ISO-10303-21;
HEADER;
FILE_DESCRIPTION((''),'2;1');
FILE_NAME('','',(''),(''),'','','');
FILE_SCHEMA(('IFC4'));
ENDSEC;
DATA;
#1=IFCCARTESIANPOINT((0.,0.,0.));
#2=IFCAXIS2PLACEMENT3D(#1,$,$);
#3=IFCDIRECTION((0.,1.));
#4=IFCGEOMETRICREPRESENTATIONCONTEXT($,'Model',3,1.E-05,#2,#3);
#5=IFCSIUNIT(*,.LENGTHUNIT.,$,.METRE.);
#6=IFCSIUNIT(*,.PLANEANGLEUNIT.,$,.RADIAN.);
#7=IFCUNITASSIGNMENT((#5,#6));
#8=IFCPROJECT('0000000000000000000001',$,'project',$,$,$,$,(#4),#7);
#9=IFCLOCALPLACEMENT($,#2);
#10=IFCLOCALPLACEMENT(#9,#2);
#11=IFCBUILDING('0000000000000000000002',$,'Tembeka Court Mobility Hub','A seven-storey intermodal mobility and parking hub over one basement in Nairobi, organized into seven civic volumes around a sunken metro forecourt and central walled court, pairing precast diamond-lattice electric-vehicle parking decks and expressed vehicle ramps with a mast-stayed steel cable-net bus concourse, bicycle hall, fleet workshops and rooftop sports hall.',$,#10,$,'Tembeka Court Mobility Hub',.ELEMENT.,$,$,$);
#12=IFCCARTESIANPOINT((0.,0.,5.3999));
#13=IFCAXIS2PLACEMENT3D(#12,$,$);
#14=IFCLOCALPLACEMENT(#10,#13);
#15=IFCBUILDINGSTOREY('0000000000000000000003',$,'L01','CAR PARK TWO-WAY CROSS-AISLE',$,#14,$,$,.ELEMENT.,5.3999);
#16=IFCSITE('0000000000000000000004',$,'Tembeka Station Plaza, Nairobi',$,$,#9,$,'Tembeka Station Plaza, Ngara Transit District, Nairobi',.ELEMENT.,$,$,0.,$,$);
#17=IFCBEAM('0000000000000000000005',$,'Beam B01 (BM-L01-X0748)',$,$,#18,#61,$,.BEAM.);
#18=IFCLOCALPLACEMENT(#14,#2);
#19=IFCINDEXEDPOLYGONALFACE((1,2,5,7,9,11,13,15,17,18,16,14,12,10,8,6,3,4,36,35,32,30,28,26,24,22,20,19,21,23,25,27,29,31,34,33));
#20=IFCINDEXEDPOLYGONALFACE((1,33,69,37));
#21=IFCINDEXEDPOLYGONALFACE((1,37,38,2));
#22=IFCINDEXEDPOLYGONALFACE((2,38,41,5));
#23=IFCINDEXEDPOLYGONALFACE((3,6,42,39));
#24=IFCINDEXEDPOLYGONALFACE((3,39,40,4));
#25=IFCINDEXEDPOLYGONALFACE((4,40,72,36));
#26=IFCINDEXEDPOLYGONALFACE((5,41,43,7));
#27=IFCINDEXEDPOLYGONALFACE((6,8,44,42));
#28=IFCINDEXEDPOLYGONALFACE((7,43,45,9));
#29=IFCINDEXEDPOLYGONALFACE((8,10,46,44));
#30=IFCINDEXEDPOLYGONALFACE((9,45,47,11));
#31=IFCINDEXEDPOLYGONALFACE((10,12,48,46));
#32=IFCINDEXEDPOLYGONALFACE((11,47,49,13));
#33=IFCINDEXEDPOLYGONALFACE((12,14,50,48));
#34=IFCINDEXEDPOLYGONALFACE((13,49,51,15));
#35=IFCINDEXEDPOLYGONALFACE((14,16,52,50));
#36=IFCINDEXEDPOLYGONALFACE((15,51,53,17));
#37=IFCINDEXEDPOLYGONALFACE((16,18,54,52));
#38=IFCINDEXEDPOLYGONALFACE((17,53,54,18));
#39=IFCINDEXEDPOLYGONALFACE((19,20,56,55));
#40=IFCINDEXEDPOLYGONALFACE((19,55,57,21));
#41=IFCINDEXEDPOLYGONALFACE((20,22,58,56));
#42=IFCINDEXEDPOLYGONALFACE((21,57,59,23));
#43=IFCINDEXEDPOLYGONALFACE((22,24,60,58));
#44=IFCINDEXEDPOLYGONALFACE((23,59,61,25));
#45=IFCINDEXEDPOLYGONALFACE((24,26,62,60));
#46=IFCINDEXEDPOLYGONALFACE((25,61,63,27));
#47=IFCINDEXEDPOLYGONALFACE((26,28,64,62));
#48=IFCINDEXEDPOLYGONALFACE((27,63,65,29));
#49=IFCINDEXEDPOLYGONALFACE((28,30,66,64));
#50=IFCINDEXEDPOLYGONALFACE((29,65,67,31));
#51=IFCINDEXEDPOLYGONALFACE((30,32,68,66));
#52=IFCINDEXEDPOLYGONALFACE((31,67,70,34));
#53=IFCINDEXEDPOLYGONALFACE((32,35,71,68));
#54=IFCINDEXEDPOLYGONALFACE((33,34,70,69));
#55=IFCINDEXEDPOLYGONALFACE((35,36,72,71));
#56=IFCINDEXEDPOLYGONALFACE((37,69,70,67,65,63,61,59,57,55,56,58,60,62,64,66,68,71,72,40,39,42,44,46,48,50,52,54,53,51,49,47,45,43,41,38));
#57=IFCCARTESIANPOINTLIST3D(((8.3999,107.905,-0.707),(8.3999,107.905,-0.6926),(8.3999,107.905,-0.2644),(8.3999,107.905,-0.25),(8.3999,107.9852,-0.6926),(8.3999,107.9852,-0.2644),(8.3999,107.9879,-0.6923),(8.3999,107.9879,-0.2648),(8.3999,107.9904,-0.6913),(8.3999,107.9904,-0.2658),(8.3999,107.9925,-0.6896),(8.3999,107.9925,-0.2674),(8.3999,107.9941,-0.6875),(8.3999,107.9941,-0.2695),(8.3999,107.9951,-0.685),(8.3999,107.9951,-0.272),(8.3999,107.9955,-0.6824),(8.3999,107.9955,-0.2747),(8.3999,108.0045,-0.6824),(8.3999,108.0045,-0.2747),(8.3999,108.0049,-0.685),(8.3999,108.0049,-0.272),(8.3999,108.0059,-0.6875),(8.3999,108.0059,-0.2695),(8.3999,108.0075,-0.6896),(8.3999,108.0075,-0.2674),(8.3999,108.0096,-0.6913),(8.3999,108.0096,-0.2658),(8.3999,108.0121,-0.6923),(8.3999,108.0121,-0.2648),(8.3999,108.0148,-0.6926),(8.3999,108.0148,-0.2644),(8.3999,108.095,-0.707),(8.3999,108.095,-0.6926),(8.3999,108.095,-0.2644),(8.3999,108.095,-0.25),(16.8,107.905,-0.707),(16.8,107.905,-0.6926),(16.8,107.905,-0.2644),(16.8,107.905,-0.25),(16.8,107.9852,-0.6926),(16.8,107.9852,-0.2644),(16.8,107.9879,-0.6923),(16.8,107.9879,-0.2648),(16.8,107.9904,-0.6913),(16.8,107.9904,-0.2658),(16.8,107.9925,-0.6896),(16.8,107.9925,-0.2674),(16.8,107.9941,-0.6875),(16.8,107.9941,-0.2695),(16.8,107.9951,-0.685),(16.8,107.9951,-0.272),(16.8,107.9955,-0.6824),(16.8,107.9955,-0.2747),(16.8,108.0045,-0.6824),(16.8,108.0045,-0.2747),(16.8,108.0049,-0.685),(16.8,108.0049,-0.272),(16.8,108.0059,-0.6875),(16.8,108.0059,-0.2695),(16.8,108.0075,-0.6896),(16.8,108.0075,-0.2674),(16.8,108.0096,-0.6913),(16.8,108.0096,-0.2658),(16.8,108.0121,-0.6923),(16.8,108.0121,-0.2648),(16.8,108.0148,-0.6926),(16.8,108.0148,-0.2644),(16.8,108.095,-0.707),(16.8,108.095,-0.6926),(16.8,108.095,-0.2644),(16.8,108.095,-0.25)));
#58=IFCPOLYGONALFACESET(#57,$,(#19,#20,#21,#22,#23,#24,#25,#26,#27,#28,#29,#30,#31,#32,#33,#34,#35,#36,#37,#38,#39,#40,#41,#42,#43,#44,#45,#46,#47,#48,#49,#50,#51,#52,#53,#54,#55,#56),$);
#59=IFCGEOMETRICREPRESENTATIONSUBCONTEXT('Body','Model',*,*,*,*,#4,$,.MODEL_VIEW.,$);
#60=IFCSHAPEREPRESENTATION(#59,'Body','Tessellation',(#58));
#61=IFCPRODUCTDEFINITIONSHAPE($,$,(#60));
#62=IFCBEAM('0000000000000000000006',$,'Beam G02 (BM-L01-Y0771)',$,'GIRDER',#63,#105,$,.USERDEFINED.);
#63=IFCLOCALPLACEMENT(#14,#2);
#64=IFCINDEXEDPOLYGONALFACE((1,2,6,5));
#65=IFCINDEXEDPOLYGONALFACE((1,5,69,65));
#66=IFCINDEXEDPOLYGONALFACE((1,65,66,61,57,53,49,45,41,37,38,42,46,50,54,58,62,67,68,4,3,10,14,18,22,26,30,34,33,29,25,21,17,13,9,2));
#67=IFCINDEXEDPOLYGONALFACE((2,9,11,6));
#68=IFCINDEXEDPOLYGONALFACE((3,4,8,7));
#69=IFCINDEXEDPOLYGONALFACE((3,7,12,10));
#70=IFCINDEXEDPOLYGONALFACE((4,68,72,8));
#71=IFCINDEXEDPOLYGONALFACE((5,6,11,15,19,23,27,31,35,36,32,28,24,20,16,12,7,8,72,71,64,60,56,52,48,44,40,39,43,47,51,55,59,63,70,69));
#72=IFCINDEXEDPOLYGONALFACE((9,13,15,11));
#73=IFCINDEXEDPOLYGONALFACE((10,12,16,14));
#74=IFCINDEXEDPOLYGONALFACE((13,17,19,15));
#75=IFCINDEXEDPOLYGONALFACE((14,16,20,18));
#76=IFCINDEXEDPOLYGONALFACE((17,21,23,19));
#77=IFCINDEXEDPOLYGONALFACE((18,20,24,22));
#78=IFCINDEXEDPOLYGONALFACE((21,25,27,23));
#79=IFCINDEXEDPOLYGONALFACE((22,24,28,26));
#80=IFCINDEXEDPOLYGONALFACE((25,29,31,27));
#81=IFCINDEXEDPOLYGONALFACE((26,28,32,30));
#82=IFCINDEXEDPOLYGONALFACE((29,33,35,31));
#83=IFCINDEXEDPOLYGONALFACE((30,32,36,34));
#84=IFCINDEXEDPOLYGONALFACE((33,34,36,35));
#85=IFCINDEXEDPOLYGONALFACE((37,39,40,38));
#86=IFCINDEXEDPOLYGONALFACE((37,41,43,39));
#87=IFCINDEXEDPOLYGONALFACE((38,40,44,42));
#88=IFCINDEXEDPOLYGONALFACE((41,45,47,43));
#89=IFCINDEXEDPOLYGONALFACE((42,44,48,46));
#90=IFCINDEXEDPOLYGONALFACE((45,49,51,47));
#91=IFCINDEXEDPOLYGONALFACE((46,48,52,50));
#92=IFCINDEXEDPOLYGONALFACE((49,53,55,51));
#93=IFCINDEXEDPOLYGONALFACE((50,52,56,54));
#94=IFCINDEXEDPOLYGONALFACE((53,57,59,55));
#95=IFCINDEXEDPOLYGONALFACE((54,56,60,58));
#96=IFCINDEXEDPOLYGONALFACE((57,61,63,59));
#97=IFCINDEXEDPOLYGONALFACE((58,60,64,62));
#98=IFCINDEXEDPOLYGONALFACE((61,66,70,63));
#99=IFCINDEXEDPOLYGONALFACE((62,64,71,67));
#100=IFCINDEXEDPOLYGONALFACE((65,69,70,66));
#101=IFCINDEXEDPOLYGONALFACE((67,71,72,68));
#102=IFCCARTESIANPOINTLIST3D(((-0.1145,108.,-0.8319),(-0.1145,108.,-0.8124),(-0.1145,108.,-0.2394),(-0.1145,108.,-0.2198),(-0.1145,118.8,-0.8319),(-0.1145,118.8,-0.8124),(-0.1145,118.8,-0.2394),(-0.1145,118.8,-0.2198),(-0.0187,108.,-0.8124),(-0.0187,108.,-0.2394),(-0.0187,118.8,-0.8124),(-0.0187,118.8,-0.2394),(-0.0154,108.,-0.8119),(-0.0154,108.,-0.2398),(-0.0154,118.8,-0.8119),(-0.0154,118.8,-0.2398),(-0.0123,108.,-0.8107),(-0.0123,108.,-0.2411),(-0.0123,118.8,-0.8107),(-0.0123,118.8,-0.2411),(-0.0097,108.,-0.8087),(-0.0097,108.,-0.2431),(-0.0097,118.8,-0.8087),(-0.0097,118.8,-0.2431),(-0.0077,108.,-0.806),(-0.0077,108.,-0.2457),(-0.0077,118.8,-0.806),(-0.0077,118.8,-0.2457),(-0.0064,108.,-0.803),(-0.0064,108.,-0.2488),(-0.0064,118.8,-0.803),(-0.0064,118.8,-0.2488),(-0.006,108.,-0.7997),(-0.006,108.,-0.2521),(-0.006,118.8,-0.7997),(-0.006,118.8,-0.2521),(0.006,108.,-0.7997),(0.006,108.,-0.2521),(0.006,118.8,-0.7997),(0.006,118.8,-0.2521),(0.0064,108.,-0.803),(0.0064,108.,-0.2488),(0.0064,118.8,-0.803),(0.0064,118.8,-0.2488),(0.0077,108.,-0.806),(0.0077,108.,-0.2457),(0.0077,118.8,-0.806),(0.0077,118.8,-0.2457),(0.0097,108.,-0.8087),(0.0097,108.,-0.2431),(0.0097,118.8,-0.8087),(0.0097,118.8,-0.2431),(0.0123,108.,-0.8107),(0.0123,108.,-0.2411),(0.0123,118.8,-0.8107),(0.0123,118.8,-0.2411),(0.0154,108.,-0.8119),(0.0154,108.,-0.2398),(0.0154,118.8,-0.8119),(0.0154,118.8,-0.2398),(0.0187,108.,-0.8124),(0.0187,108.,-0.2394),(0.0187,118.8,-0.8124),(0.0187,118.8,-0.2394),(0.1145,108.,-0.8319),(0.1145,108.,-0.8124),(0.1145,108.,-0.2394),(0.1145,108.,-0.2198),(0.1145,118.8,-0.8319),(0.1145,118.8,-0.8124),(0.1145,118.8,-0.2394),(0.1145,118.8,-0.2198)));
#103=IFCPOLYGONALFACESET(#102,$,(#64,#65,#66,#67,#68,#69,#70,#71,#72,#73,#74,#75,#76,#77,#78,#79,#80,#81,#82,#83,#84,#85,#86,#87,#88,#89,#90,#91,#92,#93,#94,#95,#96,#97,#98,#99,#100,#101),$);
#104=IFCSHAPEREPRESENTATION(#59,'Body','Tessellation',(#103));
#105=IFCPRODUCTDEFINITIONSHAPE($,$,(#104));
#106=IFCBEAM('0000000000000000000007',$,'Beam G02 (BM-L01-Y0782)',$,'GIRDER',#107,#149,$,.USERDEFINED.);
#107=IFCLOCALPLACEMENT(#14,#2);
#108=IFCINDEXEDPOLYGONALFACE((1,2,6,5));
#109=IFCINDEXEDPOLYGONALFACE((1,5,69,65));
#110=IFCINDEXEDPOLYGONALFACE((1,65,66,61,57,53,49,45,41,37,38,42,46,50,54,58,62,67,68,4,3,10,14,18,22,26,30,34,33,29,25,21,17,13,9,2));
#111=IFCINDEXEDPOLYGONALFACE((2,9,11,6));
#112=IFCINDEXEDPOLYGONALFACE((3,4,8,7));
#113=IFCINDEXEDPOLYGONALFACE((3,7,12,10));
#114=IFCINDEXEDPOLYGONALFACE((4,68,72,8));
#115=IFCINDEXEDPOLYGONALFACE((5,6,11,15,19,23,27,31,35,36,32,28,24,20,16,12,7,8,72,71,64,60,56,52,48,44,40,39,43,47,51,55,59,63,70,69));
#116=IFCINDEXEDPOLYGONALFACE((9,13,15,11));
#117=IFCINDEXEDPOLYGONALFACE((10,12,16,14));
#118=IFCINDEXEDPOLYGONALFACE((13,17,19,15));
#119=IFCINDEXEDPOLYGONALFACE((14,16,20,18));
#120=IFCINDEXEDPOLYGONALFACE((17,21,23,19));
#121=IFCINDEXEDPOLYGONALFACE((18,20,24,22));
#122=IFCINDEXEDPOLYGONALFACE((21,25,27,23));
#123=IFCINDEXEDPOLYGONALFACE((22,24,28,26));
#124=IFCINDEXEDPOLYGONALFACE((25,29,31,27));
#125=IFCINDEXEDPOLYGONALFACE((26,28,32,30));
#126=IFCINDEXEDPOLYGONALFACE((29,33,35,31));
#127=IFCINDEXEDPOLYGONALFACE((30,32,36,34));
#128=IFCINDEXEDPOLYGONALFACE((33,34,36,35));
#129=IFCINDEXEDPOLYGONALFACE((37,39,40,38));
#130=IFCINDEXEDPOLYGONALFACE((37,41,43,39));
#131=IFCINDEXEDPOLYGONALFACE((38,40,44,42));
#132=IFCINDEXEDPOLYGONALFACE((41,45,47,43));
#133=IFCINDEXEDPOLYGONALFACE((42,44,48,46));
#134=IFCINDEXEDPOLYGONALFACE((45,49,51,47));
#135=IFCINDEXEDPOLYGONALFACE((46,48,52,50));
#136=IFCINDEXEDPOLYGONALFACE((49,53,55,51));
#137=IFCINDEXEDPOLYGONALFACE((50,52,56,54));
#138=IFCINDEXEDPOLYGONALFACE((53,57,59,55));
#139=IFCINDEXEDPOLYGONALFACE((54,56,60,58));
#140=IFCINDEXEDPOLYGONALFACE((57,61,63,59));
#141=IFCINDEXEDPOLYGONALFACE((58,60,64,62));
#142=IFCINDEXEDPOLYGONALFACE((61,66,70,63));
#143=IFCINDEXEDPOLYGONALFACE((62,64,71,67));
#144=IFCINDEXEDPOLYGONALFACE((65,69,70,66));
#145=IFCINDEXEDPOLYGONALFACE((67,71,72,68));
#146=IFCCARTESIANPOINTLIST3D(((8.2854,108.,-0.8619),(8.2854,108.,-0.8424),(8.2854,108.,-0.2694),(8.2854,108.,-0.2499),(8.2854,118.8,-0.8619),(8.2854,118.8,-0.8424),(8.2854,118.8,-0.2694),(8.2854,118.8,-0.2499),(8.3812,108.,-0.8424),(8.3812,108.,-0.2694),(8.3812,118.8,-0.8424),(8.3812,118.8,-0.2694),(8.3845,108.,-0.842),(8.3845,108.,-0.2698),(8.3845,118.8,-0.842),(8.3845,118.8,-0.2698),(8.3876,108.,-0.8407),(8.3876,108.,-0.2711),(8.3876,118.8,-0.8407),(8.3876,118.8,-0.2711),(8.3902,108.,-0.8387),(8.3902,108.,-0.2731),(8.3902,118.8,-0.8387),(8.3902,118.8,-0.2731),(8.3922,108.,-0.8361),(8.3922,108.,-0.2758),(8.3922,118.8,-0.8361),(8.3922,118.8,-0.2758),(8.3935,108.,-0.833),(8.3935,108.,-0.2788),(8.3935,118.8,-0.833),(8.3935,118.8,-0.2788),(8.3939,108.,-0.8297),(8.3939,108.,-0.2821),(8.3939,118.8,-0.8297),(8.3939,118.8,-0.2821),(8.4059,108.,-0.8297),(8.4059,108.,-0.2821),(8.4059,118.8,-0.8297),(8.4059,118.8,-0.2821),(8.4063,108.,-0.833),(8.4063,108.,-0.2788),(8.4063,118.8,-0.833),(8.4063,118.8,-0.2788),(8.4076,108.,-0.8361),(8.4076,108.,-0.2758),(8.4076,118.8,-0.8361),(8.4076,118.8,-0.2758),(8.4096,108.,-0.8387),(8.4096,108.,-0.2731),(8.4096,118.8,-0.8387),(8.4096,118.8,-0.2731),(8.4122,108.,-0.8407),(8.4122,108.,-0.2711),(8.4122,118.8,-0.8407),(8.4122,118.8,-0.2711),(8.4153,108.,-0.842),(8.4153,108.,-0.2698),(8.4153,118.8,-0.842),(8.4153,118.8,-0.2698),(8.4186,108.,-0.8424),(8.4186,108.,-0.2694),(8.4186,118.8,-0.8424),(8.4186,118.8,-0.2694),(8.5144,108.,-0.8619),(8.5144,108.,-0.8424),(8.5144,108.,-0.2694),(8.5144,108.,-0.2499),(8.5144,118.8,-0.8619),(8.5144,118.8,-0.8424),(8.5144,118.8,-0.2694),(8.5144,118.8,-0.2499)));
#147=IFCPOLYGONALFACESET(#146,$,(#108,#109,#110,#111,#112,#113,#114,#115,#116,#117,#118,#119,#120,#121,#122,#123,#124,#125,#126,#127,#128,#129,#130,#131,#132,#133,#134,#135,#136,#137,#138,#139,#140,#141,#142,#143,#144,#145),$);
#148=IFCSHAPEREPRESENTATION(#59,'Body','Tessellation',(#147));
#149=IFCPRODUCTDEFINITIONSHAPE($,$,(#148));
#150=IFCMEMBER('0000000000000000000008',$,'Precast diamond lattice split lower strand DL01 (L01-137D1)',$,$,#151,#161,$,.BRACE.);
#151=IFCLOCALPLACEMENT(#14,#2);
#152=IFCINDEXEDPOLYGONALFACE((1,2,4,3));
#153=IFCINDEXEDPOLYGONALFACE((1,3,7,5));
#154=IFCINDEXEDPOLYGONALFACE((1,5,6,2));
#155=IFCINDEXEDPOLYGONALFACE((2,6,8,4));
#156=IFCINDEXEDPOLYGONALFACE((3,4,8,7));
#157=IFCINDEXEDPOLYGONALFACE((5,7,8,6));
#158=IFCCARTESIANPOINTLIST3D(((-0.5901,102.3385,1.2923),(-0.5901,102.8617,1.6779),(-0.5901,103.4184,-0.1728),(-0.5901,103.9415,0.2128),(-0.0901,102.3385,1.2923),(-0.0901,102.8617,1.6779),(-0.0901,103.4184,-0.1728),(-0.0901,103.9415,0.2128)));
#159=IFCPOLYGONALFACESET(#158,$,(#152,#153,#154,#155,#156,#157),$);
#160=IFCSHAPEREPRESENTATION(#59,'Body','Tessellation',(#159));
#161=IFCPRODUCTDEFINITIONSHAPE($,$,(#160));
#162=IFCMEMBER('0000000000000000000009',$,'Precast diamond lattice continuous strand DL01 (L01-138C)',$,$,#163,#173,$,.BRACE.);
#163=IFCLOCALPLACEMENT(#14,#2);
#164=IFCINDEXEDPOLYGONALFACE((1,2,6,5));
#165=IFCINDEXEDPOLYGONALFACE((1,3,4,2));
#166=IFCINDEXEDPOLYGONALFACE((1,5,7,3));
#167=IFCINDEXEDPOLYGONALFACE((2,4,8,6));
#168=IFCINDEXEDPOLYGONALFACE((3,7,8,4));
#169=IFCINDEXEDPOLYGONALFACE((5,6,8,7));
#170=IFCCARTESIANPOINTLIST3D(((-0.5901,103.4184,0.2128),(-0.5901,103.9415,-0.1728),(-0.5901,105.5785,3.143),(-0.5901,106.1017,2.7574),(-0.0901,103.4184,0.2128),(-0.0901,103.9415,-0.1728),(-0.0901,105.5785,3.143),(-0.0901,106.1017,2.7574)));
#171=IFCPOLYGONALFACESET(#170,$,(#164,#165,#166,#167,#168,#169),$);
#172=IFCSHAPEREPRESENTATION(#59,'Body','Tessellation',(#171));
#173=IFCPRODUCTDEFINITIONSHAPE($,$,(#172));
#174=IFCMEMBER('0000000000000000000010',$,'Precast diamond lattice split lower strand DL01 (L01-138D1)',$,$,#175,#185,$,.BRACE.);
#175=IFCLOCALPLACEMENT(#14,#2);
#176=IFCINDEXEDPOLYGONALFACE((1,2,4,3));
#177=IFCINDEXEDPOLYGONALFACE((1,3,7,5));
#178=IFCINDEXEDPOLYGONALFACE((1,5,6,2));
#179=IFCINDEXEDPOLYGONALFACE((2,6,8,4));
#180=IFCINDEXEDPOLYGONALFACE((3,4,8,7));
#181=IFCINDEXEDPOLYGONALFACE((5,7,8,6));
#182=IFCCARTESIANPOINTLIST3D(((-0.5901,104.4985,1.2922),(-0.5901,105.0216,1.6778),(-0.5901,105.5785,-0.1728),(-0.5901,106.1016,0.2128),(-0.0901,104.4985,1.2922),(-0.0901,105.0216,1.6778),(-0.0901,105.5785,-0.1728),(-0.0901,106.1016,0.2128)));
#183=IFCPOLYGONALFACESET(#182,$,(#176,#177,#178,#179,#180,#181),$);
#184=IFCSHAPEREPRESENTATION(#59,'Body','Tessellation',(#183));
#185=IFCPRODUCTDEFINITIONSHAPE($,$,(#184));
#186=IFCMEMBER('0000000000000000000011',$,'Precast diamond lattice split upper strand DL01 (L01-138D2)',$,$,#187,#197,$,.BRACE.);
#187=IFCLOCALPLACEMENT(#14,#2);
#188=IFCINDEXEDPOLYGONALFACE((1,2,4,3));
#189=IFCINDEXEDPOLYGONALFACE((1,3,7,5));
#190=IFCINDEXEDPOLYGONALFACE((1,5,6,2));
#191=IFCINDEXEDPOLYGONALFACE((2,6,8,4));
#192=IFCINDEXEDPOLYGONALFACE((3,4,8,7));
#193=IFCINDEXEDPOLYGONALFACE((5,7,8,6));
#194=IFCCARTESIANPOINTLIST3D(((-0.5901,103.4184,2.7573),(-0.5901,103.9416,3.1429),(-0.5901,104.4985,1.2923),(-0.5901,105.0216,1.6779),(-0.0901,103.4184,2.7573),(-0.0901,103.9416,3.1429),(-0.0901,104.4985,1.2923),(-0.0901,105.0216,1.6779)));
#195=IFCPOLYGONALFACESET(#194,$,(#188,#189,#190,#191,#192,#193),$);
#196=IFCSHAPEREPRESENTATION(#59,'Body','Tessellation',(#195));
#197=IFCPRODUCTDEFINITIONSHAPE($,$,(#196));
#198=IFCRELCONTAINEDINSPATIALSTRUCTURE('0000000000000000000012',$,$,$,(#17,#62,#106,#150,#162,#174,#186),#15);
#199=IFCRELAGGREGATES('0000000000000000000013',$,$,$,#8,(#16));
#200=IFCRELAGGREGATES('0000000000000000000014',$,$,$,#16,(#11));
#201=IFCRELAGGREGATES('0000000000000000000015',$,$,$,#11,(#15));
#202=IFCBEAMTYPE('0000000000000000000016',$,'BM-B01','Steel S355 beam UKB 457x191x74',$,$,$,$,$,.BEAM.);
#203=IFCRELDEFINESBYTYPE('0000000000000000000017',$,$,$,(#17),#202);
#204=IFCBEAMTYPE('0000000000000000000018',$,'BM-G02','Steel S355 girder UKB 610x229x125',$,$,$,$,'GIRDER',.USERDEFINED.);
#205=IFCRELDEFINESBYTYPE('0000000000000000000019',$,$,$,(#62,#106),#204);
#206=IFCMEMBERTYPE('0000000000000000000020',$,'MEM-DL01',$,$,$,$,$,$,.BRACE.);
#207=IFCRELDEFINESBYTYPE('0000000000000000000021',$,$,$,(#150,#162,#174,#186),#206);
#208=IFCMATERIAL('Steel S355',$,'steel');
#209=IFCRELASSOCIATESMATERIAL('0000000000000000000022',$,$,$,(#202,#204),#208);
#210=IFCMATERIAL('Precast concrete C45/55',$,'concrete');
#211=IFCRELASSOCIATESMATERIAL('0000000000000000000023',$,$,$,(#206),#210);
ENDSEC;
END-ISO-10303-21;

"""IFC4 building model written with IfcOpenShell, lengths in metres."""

from ifc_helpers import new_model, si_unit, direction, frame, origin, origin_2d, place, context, subcontext, project, spatial, rectangle, i_section, extrude, material, material_profile, profile_set, type_object, element, save


model = new_model("IFC4")

# Units and contexts
model_context = context("Model", 3, precision=1e-05, world=origin(), true_north=direction((0.0, 1.0)))
body_context = subcontext(model_context, "Body", "Model", "MODEL_VIEW")
ifc_project = project(units=[si_unit("LENGTHUNIT", "METRE"), si_unit("PLANEANGLEUNIT", "RADIAN")], contexts=[model_context])

# Site, building, storey
site_placement = place(None, origin())
site = spatial("IfcSite", under=ifc_project, at=site_placement, Name="Tembeka Station Plaza, Nairobi", LongName="Tembeka Station Plaza, Ngara Transit District, Nairobi", CompositionType="ELEMENT", RefElevation=0.0)
building_placement = place(site_placement, origin())
building = spatial("IfcBuilding", under=site, at=building_placement, Name="Tembeka Court Mobility Hub", Description="A seven-storey intermodal mobility and parking hub over one basement in Nairobi, organized into seven civic volumes around a sunken metro forecourt and central walled court, pairing precast diamond-lattice electric-vehicle parking decks and expressed vehicle ramps with a mast-stayed steel cable-net bus concourse, bicycle hall, fleet workshops and rooftop sports hall.", LongName="Tembeka Court Mobility Hub", CompositionType="ELEMENT")
storey_placement = place(building_placement, frame((0.0, 0.0, 5.3999)))
storey = spatial("IfcBuildingStorey", under=building, at=storey_placement, Name="L01", Description="CAR PARK TWO-WAY CROSS-AISLE", CompositionType="ELEMENT", Elevation=5.3999)

# Shared definitions
ifc_material_1 = material(Name="Steel S355", Category="steel")

# Beams
ifc_material_profile_1 = material_profile(ifc_material_1, i_section(OverallWidth=0.1899, OverallDepth=0.457, WebThickness=0.009, FlangeThickness=0.0144, FilletRadius=0.0103, at=origin_2d()), Name="UKB 457x191x74")
ifc_profile_set_1 = profile_set([ifc_material_profile_1], Name="Steel S355")
beam_type_1 = type_object("IfcBeamType", Name="BM-B01", Description="Steel S355 beam UKB 457x191x74", PredefinedType="BEAM", material=ifc_profile_set_1)
beam_1_placement = place(storey_placement, frame((8.3999, 108.0, -0.4785), z_axis=(1.0, 0.0, 0.0), x_axis=(0.0, 1.0, 0.0)))
element("IfcBeam", 1, at=beam_1_placement, inside=storey, type_object=beam_type_1, Name="Beam B01 (BM-L01-X0748)", PredefinedType="BEAM", context=body_context, shape_type="SweptSolid", body=[
    extrude(i_section(OverallWidth=0.1899, OverallDepth=0.457, WebThickness=0.009, FlangeThickness=0.0144, FilletRadius=0.0103, at=origin_2d()), origin(), (0.0, 0.0, 1.0), 8.4001),
])
ifc_material_profile_2 = material_profile(ifc_material_1, i_section(OverallWidth=0.229, OverallDepth=0.6121, WebThickness=0.012, FlangeThickness=0.0195, FilletRadius=0.0127, at=origin_2d()), Name="UKB 610x229x125")
ifc_profile_set_2 = profile_set([ifc_material_profile_2], Name="Steel S355")
beam_type_2 = type_object("IfcBeamType", Name="BM-G02", Description="Steel S355 girder UKB 610x229x125", ElementType="GIRDER", PredefinedType="USERDEFINED", material=ifc_profile_set_2)
for number, where, z_axis, x_axis, name in (
    (2, (0.0, 108.0, -0.5259), (0.0, 1.0, 0.0), (-1.0, 0.0, 0.0), "Beam G02 (BM-L01-Y0771)"),
    (3, (8.3999, 108.0, -0.5559), (0.0, 1.0, 0.0), (-1.0, 0.0, 0.0), "Beam G02 (BM-L01-Y0782)"),
):
    element("IfcBeam", number, at=place(storey_placement, frame(where, z_axis=z_axis, x_axis=x_axis)), inside=storey, type_object=beam_type_2, Name=name, ObjectType="GIRDER", PredefinedType="USERDEFINED", context=body_context, shape_type="SweptSolid", body=[
        extrude(i_section(OverallWidth=0.229, OverallDepth=0.6121, WebThickness=0.012, FlangeThickness=0.0195, FilletRadius=0.0127, at=origin_2d()), origin(), (0.0, 0.0, 1.0), 10.8),
    ])

# Members
ifc_material_2 = material(Name="Precast concrete C45/55", Category="concrete")
ifc_material_profile_3 = material_profile(ifc_material_2, rectangle(XDim=0.5, YDim=0.6499, at=origin_2d()), Name="PC-DIAG 500x650")
ifc_profile_set_3 = profile_set([ifc_material_profile_3], Name="Precast concrete C45/55")
member_type_1 = type_object("IfcMemberType", Name="MEM-DL01", PredefinedType="BRACE", material=ifc_profile_set_3)
member_1_placement = place(storey_placement, frame((-0.3401, 103.6799, 0.02), z_axis=(0.0, -0.593304, 0.804978), x_axis=(1.0, 0.0, 0.0)))
element("IfcMember", 4, at=member_1_placement, inside=storey, type_object=member_type_1, Name="Precast diamond lattice split lower strand DL01 (L01-137D1)", PredefinedType="BRACE", context=body_context, shape_type="SweptSolid", body=[
    extrude(rectangle(XDim=0.5, YDim=0.6499, at=origin_2d()), origin(), (0.0, 0.0, 1.0), 1.8201),
])
member_2_placement = place(storey_placement, frame((-0.3401, 103.6799, 0.02), z_axis=(0.0, 0.593391, 0.804914), x_axis=(-1.0, 0.0, 0.0)))
element("IfcMember", 5, at=member_2_placement, inside=storey, type_object=member_type_1, Name="Precast diamond lattice continuous strand DL01 (L01-138C)", PredefinedType="BRACE", context=body_context, shape_type="SweptSolid", body=[
    extrude(rectangle(XDim=0.5, YDim=0.6499, at=origin_2d()), origin(), (0.0, 0.0, 1.0), 3.6404),
])
for number, where, z_axis, x_axis, name in (
    (6, (-0.3401, 105.8401, 0.02), (0.0, -0.593391, 0.804914), (1.0, 0.0, 0.0), "Precast diamond lattice split lower strand DL01 (L01-138D1)"),
    (7, (-0.3401, 104.76, 1.4851), (0.0, -0.593391, 0.804914), (1.0, 0.0, 0.0), "Precast diamond lattice split upper strand DL01 (L01-138D2)"),
):
    element("IfcMember", number, at=place(storey_placement, frame(where, z_axis=z_axis, x_axis=x_axis)), inside=storey, type_object=member_type_1, Name=name, PredefinedType="BRACE", context=body_context, shape_type="SweptSolid", body=[
        extrude(rectangle(XDim=0.5, YDim=0.6499, at=origin_2d()), origin(), (0.0, 0.0, 1.0), 1.8201),
    ])

save(model, "model.ifc")
